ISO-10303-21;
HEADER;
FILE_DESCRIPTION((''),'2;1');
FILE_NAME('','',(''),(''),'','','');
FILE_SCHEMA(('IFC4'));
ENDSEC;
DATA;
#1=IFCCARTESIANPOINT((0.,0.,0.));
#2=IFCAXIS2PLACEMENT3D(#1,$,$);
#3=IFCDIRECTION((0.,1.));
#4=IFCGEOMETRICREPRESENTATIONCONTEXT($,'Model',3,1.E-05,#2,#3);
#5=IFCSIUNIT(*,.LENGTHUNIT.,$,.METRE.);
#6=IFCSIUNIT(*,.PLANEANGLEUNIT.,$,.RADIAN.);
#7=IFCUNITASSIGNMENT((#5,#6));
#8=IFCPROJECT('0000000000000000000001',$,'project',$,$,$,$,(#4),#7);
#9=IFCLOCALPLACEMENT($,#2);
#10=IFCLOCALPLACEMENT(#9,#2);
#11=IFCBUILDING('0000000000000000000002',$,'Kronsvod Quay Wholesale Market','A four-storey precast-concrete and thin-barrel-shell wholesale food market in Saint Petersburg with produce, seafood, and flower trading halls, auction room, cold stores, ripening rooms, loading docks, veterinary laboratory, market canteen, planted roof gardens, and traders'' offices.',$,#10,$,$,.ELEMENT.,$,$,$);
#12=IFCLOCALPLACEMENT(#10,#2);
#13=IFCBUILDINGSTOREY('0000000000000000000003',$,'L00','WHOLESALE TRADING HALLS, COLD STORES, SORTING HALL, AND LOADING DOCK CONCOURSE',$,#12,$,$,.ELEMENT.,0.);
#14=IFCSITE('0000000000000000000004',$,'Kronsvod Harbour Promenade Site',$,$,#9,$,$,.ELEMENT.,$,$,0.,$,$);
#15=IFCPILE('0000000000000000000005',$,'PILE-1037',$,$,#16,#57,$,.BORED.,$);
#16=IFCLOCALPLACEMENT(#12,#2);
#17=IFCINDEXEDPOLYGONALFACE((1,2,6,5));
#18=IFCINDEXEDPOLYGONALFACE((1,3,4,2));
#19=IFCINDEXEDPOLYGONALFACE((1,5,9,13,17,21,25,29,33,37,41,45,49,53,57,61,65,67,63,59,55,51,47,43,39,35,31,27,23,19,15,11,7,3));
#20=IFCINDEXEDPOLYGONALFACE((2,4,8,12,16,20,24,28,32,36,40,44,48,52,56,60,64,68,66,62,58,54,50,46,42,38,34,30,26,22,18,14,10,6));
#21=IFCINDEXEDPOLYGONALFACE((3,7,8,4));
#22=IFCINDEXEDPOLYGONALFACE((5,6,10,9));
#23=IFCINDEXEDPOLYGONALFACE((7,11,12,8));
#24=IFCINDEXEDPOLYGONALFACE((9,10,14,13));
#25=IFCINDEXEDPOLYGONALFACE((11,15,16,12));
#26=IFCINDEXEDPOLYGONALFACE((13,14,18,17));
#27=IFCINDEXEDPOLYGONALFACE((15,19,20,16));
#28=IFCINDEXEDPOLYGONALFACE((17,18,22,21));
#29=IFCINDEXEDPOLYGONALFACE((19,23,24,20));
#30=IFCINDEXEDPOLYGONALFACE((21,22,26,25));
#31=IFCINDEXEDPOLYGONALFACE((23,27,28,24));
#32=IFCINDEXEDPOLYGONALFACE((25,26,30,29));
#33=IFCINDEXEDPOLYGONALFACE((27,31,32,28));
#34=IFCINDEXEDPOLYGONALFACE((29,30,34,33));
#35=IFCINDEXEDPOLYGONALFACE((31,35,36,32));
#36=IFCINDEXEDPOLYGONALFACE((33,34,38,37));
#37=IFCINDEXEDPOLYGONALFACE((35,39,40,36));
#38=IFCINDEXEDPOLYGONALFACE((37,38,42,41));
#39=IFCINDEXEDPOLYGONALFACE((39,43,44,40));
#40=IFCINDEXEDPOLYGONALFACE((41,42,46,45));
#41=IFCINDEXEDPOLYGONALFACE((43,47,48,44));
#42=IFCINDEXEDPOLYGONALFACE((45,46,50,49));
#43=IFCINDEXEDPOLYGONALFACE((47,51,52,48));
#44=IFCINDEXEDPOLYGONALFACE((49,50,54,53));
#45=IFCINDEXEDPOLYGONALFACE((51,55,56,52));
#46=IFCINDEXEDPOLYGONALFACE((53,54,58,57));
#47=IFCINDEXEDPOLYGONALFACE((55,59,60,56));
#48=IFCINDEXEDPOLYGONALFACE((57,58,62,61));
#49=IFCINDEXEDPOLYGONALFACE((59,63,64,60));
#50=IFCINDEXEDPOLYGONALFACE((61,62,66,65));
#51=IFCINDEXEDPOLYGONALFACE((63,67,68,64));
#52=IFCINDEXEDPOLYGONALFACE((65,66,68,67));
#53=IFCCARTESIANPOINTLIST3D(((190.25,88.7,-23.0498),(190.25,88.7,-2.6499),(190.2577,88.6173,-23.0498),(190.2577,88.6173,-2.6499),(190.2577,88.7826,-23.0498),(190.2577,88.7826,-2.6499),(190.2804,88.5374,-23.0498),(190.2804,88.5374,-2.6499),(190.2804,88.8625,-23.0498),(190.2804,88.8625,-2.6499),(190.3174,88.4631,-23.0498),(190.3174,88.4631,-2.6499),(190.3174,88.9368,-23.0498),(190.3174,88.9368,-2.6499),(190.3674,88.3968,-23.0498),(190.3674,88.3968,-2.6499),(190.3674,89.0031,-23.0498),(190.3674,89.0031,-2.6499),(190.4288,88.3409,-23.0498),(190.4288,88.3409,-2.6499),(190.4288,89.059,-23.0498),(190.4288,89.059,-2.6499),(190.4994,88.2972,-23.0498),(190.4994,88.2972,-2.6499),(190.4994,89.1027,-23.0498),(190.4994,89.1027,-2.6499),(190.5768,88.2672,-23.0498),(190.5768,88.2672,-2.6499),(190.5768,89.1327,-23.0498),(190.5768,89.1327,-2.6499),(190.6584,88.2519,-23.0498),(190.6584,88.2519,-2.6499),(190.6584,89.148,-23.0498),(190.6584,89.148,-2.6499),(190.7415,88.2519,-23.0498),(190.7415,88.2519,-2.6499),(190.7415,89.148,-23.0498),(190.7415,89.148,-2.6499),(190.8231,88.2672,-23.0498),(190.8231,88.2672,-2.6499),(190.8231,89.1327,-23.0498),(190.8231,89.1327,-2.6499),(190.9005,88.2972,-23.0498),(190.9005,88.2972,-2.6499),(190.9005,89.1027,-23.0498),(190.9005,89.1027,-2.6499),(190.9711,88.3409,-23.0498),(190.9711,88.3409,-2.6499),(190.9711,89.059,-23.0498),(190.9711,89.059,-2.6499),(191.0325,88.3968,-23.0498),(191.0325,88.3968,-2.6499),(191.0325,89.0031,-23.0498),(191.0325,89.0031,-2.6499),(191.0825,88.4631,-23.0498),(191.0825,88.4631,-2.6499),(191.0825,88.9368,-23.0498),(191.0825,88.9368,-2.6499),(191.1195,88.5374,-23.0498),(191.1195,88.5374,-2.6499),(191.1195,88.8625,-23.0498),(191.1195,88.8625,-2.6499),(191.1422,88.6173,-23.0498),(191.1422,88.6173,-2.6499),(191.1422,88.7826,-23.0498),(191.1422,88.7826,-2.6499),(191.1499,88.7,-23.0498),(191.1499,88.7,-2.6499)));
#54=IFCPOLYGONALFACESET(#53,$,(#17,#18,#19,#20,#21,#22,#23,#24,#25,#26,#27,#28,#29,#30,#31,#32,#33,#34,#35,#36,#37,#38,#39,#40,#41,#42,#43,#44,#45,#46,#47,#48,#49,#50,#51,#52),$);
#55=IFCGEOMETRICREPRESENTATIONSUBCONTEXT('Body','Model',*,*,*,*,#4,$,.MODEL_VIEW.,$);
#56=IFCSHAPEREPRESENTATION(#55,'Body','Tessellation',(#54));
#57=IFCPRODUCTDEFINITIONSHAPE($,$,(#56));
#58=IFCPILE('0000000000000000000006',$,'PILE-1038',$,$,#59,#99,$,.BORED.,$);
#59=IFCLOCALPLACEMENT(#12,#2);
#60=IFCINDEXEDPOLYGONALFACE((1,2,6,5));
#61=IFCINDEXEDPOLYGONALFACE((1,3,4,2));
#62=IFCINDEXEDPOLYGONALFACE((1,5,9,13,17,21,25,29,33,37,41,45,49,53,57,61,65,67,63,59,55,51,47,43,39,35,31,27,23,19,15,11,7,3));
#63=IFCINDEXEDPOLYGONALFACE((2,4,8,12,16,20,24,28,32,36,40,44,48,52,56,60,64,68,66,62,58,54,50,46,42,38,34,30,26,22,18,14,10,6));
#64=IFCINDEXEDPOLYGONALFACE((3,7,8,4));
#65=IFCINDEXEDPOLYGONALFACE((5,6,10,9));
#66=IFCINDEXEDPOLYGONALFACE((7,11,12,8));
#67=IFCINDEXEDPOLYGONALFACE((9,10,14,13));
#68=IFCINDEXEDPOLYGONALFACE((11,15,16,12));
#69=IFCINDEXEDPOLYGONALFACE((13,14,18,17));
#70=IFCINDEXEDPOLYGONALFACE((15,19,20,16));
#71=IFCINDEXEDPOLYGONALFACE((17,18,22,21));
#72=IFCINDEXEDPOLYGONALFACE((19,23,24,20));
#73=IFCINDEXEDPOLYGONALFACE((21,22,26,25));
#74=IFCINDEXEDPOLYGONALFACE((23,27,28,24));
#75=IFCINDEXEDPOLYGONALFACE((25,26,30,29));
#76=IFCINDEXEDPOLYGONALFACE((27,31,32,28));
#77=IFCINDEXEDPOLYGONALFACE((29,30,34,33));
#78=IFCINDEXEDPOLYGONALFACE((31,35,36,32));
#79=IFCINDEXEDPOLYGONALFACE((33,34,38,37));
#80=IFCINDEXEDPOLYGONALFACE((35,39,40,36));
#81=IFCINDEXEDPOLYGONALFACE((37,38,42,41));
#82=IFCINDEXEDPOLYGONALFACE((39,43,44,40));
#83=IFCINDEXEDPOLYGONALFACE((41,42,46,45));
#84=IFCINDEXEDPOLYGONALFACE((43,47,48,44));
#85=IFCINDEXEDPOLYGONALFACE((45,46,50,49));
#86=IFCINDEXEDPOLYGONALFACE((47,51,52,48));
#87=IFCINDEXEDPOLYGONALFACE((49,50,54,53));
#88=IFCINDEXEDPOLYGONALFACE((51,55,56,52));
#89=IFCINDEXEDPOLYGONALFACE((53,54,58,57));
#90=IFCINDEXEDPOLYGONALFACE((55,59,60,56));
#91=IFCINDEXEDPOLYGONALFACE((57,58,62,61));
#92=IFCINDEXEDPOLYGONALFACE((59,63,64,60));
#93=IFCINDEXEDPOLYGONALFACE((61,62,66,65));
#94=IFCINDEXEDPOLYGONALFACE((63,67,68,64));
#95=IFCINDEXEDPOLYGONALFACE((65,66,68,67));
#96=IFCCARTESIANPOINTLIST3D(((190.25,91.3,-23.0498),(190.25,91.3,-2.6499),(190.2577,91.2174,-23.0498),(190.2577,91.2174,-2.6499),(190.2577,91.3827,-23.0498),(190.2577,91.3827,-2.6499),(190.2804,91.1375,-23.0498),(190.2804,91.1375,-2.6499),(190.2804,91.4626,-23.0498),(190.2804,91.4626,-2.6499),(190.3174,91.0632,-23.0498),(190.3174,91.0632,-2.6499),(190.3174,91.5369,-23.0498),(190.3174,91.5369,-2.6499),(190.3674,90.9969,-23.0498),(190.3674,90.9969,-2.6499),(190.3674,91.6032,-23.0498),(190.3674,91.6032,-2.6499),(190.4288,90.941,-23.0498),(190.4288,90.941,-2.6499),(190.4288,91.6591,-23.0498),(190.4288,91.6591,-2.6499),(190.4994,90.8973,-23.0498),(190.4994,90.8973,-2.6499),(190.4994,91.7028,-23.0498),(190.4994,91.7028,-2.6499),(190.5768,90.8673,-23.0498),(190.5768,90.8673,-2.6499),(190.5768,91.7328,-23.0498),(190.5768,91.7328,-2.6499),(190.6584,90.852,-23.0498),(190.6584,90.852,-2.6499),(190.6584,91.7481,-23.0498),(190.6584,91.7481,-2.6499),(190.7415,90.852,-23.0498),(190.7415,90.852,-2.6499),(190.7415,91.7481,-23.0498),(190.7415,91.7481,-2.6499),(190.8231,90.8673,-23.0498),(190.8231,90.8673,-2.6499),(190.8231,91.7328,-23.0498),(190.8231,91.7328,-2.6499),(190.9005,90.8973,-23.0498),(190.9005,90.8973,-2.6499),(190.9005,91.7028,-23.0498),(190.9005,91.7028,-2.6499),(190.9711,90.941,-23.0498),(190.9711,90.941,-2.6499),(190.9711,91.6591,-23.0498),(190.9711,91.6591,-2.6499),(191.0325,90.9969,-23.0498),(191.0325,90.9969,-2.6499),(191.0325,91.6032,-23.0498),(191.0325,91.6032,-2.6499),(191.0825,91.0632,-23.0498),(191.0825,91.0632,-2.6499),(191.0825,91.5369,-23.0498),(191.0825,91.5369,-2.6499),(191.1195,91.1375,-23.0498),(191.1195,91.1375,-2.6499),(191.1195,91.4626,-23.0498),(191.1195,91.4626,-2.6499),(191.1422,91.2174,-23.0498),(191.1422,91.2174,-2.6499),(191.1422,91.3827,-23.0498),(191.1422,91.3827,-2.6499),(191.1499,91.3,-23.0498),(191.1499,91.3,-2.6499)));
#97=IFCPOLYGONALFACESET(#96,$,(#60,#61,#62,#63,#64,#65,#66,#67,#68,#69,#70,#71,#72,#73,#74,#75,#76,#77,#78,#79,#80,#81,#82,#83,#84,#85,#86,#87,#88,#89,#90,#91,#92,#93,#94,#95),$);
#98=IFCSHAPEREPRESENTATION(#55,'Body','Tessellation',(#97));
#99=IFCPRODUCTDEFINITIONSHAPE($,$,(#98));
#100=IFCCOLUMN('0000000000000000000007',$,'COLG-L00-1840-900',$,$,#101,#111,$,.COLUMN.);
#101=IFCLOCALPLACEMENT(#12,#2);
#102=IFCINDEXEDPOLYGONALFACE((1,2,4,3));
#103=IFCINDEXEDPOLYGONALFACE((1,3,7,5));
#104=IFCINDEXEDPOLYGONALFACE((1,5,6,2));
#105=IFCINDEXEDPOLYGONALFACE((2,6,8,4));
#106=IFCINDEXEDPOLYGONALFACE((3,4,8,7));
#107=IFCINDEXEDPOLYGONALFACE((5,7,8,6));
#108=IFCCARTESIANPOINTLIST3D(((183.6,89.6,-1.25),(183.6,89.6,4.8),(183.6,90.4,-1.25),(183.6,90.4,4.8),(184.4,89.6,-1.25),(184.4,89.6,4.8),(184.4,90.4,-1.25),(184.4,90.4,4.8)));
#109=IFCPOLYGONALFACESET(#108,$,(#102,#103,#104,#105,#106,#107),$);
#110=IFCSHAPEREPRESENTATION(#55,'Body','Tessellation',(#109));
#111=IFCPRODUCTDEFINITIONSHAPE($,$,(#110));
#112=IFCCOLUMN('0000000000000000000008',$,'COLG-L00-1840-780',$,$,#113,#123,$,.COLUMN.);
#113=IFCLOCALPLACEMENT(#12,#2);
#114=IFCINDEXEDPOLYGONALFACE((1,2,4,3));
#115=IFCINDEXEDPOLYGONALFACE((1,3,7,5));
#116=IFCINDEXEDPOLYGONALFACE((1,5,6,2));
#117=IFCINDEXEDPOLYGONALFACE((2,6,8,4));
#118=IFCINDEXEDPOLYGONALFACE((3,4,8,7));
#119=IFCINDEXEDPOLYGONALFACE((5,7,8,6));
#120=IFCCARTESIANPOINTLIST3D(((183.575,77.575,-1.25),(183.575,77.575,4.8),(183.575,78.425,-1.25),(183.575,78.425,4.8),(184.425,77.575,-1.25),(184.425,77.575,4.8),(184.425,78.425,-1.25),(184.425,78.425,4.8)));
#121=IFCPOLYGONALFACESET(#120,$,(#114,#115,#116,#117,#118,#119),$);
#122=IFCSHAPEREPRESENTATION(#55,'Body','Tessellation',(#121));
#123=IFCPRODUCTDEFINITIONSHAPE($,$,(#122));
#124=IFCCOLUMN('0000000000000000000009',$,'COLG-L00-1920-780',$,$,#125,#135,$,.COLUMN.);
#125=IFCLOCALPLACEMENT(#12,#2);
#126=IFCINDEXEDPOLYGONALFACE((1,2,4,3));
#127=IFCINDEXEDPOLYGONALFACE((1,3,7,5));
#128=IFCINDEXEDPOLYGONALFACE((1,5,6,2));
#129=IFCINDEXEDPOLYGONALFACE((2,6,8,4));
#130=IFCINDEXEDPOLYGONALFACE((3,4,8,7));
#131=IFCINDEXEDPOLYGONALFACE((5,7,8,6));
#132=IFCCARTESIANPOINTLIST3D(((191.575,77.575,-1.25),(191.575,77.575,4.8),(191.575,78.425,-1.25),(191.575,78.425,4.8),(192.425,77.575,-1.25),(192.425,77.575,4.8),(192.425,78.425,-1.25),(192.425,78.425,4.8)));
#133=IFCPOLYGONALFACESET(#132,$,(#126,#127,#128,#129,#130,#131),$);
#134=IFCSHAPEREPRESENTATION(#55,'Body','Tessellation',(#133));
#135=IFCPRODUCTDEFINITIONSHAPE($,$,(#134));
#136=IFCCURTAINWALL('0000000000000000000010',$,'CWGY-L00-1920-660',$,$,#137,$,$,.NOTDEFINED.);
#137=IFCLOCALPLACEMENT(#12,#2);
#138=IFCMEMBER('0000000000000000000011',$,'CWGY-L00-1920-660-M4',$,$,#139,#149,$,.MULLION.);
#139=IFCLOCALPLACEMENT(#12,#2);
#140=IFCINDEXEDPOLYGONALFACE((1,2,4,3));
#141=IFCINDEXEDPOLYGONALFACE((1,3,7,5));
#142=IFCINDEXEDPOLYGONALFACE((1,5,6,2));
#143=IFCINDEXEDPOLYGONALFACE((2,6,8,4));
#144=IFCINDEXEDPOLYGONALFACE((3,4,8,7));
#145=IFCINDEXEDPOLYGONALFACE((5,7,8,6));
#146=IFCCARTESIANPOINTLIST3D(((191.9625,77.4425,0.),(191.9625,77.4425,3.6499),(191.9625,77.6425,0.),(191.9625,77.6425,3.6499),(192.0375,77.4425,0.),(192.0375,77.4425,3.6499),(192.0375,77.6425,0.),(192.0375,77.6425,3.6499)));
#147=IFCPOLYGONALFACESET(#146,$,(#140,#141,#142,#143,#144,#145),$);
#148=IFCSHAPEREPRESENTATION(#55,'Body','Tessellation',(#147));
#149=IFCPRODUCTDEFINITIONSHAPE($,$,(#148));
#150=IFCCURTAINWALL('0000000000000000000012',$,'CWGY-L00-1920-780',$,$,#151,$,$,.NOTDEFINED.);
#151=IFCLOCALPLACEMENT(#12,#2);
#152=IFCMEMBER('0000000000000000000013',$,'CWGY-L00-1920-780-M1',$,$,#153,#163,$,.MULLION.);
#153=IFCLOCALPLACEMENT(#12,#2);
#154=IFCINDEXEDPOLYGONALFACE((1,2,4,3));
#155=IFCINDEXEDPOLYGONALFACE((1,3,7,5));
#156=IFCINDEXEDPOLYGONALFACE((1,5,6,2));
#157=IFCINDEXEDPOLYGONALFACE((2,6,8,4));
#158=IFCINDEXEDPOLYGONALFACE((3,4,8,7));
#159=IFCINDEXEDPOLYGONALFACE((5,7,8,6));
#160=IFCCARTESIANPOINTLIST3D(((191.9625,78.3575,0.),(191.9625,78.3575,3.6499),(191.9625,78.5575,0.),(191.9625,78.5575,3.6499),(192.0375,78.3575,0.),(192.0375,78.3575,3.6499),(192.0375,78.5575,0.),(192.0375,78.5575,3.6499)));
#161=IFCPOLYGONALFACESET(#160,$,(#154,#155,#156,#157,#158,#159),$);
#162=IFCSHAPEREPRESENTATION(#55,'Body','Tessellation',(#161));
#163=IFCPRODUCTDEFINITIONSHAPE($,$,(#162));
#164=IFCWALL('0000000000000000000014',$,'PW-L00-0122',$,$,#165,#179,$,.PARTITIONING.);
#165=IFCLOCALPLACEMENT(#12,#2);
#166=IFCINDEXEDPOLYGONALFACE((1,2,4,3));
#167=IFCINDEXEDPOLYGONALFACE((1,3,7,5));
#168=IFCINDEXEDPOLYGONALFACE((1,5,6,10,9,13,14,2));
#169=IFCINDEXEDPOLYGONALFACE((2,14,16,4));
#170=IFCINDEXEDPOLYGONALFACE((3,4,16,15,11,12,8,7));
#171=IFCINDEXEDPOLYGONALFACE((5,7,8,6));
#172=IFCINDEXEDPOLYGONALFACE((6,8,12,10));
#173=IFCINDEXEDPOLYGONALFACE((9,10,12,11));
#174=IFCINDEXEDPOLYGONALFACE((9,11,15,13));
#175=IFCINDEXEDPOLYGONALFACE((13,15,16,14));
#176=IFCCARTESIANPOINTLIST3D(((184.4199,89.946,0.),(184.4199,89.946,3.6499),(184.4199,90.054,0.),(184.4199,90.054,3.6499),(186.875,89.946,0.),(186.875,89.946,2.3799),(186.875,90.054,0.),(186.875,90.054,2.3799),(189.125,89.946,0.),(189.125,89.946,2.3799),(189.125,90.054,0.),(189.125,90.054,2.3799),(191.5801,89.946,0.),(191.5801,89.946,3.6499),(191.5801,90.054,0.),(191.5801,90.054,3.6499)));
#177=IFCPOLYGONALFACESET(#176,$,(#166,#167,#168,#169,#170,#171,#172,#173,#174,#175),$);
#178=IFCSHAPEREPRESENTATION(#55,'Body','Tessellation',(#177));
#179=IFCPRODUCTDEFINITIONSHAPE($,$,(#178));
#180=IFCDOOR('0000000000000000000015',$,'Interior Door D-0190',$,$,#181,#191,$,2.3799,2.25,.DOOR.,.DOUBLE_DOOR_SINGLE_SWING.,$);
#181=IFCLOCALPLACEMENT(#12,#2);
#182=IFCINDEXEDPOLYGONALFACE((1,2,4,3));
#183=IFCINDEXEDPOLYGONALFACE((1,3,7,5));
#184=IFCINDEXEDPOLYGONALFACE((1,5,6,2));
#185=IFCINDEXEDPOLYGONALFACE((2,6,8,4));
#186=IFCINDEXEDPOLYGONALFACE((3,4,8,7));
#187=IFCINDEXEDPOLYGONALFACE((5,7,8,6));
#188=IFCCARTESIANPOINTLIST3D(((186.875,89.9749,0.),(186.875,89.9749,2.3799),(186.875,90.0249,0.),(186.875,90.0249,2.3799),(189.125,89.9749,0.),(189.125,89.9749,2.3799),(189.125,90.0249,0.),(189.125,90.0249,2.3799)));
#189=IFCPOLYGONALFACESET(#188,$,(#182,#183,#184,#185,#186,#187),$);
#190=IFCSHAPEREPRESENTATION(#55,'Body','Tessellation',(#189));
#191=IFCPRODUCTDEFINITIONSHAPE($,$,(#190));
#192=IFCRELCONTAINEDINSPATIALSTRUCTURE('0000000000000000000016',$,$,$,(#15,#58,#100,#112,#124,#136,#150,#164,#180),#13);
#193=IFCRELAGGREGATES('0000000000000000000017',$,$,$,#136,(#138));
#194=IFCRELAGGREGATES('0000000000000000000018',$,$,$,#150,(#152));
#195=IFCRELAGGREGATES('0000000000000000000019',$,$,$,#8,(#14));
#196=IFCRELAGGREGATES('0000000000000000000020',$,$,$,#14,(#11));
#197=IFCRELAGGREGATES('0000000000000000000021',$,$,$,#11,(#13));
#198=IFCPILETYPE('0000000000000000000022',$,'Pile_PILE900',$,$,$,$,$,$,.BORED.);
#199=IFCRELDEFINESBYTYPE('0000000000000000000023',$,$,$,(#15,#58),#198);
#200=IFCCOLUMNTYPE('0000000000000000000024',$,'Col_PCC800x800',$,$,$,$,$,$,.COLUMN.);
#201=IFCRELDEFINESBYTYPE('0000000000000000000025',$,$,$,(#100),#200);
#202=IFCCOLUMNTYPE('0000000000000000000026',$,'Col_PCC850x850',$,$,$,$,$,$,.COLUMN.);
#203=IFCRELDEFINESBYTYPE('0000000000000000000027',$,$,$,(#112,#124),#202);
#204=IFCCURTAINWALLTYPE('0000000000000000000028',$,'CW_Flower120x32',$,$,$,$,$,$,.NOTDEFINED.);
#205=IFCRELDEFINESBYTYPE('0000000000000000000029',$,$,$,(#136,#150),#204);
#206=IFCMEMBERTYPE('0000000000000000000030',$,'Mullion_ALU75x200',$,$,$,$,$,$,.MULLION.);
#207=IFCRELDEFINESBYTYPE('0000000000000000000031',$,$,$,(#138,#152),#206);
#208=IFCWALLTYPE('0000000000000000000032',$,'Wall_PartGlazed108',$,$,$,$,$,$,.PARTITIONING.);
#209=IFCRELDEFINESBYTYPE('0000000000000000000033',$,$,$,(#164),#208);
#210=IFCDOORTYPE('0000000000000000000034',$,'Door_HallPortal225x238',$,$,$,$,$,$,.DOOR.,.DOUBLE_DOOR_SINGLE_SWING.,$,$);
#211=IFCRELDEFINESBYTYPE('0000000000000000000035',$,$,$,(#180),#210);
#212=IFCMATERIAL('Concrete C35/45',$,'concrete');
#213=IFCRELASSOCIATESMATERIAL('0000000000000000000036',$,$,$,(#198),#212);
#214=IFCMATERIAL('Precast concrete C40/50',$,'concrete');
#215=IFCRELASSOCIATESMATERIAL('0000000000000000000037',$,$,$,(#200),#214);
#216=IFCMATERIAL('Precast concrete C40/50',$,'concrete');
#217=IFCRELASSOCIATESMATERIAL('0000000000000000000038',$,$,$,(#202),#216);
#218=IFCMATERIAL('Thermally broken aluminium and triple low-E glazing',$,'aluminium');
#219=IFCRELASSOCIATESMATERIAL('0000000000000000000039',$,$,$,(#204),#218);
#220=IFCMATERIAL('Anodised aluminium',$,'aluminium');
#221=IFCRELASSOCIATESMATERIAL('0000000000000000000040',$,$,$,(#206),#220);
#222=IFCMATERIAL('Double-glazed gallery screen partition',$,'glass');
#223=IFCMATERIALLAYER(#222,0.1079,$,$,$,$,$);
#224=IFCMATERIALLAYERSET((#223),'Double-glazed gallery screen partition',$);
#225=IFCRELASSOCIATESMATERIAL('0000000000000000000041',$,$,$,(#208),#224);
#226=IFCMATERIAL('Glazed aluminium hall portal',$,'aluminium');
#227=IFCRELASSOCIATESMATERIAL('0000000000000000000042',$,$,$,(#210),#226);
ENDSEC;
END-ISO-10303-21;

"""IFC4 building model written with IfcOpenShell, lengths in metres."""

from ifc_helpers import new_model, si_unit, direction, frame, frame_2d, origin, origin_2d, place, context, subcontext, project, spatial, rectangle, circle, extrude, material, layer, layer_set, material_profile, profile_set, type_object, element, fill, aggregate, save


model = new_model("IFC4")

# Units and contexts
model_context = context("Model", 3, precision=1e-05, world=origin(), true_north=direction((0.0, 1.0)))
body_context = subcontext(model_context, "Body", "Model", "MODEL_VIEW")
ifc_project = project(units=[si_unit("LENGTHUNIT", "METRE"), si_unit("PLANEANGLEUNIT", "RADIAN")], contexts=[model_context])

# Site, building, storey
site_placement = place(None, origin())
site = spatial("IfcSite", under=ifc_project, at=site_placement, Name="Kronsvod Harbour Promenade Site", CompositionType="ELEMENT", RefElevation=0.0)
building_placement = place(site_placement, origin())
building = spatial("IfcBuilding", under=site, at=building_placement, Name="Kronsvod Quay Wholesale Market", Description="A four-storey precast-concrete and thin-barrel-shell wholesale food market in Saint Petersburg with produce, seafood, and flower trading halls, auction room, cold stores, ripening rooms, loading docks, veterinary laboratory, market canteen, planted roof gardens, and traders' offices.", CompositionType="ELEMENT")
storey_placement = place(building_placement, origin())
storey = spatial("IfcBuildingStorey", under=building, at=storey_placement, Name="L00", Description="WHOLESALE TRADING HALLS, COLD STORES, SORTING HALL, AND LOADING DOCK CONCOURSE", CompositionType="ELEMENT", Elevation=0.0)

# Piles
ifc_material_1 = material(Name="Concrete C35/45", Category="concrete")
ifc_material_profile_1 = material_profile(ifc_material_1, circle(Radius=0.45, at=origin_2d()), Name="PILE900")
ifc_profile_set_1 = profile_set([ifc_material_profile_1], Name="Concrete C35/45")
pile_type_1 = type_object("IfcPileType", Name="Pile_PILE900", PredefinedType="BORED", material=ifc_profile_set_1)
for number, where, z_axis, x_axis, name in (
    (1, (190.7, 88.7, -2.6499), (0.0, 0.0, -1.0), (1.0, 0.0, 0.0), "PILE-1037"),
    (2, (190.7, 91.3, -2.6499), (0.0, 0.0, -1.0), (1.0, 0.0, 0.0), "PILE-1038"),
):
    element("IfcPile", number, at=place(storey_placement, frame(where, z_axis=z_axis, x_axis=x_axis)), inside=storey, type_object=pile_type_1, Name=name, PredefinedType="BORED", context=body_context, shape_type="SweptSolid", body=[
        extrude(circle(Radius=0.45, at=origin_2d()), origin(), (0.0, 0.0, 1.0), 20.3999),
    ])

# Columns
ifc_material_2 = material(Name="Precast concrete C40/50", Category="concrete")
ifc_material_profile_2 = material_profile(ifc_material_2, rectangle(XDim=0.8, YDim=0.8, at=origin_2d()), Name="PCC800x800")
ifc_profile_set_2 = profile_set([ifc_material_profile_2], Name="Precast concrete C40/50")
column_type_1 = type_object("IfcColumnType", Name="Col_PCC800x800", PredefinedType="COLUMN", material=ifc_profile_set_2)
column_placement = place(storey_placement, frame((184.0, 90.0, -1.25), z_axis=(0.0, 0.0, 1.0), x_axis=(1.0, 0.0, 0.0)))
element("IfcColumn", 3, at=column_placement, inside=storey, type_object=column_type_1, Name="COLG-L00-1840-900", PredefinedType="COLUMN", context=body_context, shape_type="SweptSolid", body=[
    extrude(rectangle(XDim=0.8, YDim=0.8, at=origin_2d()), origin(), (0.0, 0.0, 1.0), 6.05),
])
ifc_material_3 = material(Name="Precast concrete C40/50", Category="concrete")
ifc_material_profile_3 = material_profile(ifc_material_3, rectangle(XDim=0.8501, YDim=0.8501, at=origin_2d()), Name="COL-06")
ifc_profile_set_3 = profile_set([ifc_material_profile_3], Name="Precast concrete C40/50")
column_type_2 = type_object("IfcColumnType", Name="Col_PCC850x850", PredefinedType="COLUMN", material=ifc_profile_set_3)
for number, where, z_axis, x_axis, name in (
    (4, (184.0, 78.0, -1.25), (0.0, 0.0, 1.0), (1.0, 0.0, 0.0), "COLG-L00-1840-780"),
    (5, (192.0, 78.0, -1.25), (0.0, 0.0, 1.0), (1.0, 0.0, 0.0), "COLG-L00-1920-780"),
):
    element("IfcColumn", number, at=place(storey_placement, frame(where, z_axis=z_axis, x_axis=x_axis)), inside=storey, type_object=column_type_2, Name=name, PredefinedType="COLUMN", context=body_context, shape_type="SweptSolid", body=[
        extrude(rectangle(XDim=0.8501, YDim=0.8501, at=origin_2d()), origin(), (0.0, 0.0, 1.0), 6.05),
    ])

# Curtain walls, members
ifc_material_4 = material(Name="Thermally broken aluminium and triple low-E glazing", Category="aluminium")
curtain_wall_type = type_object("IfcCurtainWallType", Name="CW_Flower120x32", PredefinedType="NOTDEFINED", material=ifc_material_4)
curtain_wall_1_placement = place(storey_placement, origin())
curtain_wall_1 = element("IfcCurtainWall", 6, at=curtain_wall_1_placement, inside=storey, type_object=curtain_wall_type, Name="CWGY-L00-1920-660", PredefinedType="NOTDEFINED")
ifc_material_5 = material(Name="Anodised aluminium", Category="aluminium")
ifc_material_profile_4 = material_profile(ifc_material_5, rectangle(XDim=0.075, YDim=0.2, at=origin_2d()), Name="ALUM75x200")
ifc_profile_set_4 = profile_set([ifc_material_profile_4], Name="Anodised aluminium")
member_type = type_object("IfcMemberType", Name="Mullion_ALU75x200", PredefinedType="MULLION", material=ifc_profile_set_4)
member_1_placement = place(storey_placement, frame((192.0, 77.5425, 0.0), z_axis=(0.0, 0.0, 1.0), x_axis=(1.0, 0.0, 0.0)))
member_1 = element("IfcMember", 7, at=member_1_placement, type_object=member_type, Name="CWGY-L00-1920-660-M4", PredefinedType="MULLION", context=body_context, shape_type="SweptSolid", body=[
    extrude(rectangle(XDim=0.075, YDim=0.2, at=origin_2d()), origin(), (0.0, 0.0, 1.0), 3.6499),
])
aggregate(curtain_wall_1, [member_1])
curtain_wall_2_placement = place(storey_placement, origin())
curtain_wall_2 = element("IfcCurtainWall", 8, at=curtain_wall_2_placement, inside=storey, type_object=curtain_wall_type, Name="CWGY-L00-1920-780", PredefinedType="NOTDEFINED")
member_2_placement = place(storey_placement, frame((192.0, 78.4575, 0.0), z_axis=(0.0, 0.0, 1.0), x_axis=(1.0, 0.0, 0.0)))
member_2 = element("IfcMember", 9, at=member_2_placement, type_object=member_type, Name="CWGY-L00-1920-780-M1", PredefinedType="MULLION", context=body_context, shape_type="SweptSolid", body=[
    extrude(rectangle(XDim=0.075, YDim=0.2, at=origin_2d()), origin(), (0.0, 0.0, 1.0), 3.6499),
])
aggregate(curtain_wall_2, [member_2])

# Wall, opening, door
ifc_material_6 = material(Name="Double-glazed gallery screen partition", Category="glass")
ifc_layer_1 = layer(ifc_material_6, 0.1079)
ifc_layer_set_1 = layer_set([ifc_layer_1], Name="Double-glazed gallery screen partition")
wall_type_1 = type_object("IfcWallType", Name="Wall_PartGlazed108", PredefinedType="PARTITIONING", material=ifc_layer_set_1)
wall_1_placement = place(storey_placement, frame((184.4199, 90.0, 0.0), z_axis=(0.0, 0.0, 1.0), x_axis=(1.0, 0.0, 0.0)))
wall_1 = element("IfcWall", 10, at=wall_1_placement, inside=storey, type_object=wall_type_1, Name="PW-L00-0122", PredefinedType="PARTITIONING", context=body_context, shape_type="SweptSolid", body=[
    extrude(rectangle(XDim=7.1602, YDim=0.1079, at=frame_2d((3.5801, 0.0))), origin(), (0.0, 0.0, 1.0), 3.6499),
])
opening_placement = place(wall_1_placement, frame((2.4551, 0.0, 0.0)))
opening = element("IfcOpeningElement", 11, at=opening_placement, cuts=wall_1, PredefinedType="OPENING", context=body_context, shape_type="SweptSolid", body=[
    extrude(rectangle(XDim=2.25, YDim=2.3799, at=frame_2d((1.125, 1.1899))), frame((0.0, 0.064, 0.0), z_axis=(0.0, -1.0, 0.0), x_axis=(1.0, 0.0, 0.0)), (0.0, 0.0, 1.0), 0.1279),
])
ifc_material_7 = material(Name="Glazed aluminium hall portal", Category="aluminium")
door_type = type_object("IfcDoorType", Name="Door_HallPortal225x238", OperationType="DOUBLE_DOOR_SINGLE_SWING", PredefinedType="DOOR", material=ifc_material_7)
door_placement = place(opening_placement, origin())
door = element("IfcDoor", 12, at=door_placement, inside=storey, type_object=door_type, Name="Interior Door D-0190", OperationType="DOUBLE_DOOR_SINGLE_SWING", OverallHeight=2.3799, OverallWidth=2.25, PredefinedType="DOOR", context=body_context, shape_type="SweptSolid", body=[
    extrude(rectangle(XDim=2.25, YDim=2.3799, at=frame_2d((1.125, 1.1899))), frame((0.0, 0.0249, 0.0), z_axis=(0.0, -1.0, 0.0), x_axis=(1.0, 0.0, 0.0)), (0.0, 0.0, 1.0), 0.05),
])
fill(opening, door)

save(model, "model.ifc")
